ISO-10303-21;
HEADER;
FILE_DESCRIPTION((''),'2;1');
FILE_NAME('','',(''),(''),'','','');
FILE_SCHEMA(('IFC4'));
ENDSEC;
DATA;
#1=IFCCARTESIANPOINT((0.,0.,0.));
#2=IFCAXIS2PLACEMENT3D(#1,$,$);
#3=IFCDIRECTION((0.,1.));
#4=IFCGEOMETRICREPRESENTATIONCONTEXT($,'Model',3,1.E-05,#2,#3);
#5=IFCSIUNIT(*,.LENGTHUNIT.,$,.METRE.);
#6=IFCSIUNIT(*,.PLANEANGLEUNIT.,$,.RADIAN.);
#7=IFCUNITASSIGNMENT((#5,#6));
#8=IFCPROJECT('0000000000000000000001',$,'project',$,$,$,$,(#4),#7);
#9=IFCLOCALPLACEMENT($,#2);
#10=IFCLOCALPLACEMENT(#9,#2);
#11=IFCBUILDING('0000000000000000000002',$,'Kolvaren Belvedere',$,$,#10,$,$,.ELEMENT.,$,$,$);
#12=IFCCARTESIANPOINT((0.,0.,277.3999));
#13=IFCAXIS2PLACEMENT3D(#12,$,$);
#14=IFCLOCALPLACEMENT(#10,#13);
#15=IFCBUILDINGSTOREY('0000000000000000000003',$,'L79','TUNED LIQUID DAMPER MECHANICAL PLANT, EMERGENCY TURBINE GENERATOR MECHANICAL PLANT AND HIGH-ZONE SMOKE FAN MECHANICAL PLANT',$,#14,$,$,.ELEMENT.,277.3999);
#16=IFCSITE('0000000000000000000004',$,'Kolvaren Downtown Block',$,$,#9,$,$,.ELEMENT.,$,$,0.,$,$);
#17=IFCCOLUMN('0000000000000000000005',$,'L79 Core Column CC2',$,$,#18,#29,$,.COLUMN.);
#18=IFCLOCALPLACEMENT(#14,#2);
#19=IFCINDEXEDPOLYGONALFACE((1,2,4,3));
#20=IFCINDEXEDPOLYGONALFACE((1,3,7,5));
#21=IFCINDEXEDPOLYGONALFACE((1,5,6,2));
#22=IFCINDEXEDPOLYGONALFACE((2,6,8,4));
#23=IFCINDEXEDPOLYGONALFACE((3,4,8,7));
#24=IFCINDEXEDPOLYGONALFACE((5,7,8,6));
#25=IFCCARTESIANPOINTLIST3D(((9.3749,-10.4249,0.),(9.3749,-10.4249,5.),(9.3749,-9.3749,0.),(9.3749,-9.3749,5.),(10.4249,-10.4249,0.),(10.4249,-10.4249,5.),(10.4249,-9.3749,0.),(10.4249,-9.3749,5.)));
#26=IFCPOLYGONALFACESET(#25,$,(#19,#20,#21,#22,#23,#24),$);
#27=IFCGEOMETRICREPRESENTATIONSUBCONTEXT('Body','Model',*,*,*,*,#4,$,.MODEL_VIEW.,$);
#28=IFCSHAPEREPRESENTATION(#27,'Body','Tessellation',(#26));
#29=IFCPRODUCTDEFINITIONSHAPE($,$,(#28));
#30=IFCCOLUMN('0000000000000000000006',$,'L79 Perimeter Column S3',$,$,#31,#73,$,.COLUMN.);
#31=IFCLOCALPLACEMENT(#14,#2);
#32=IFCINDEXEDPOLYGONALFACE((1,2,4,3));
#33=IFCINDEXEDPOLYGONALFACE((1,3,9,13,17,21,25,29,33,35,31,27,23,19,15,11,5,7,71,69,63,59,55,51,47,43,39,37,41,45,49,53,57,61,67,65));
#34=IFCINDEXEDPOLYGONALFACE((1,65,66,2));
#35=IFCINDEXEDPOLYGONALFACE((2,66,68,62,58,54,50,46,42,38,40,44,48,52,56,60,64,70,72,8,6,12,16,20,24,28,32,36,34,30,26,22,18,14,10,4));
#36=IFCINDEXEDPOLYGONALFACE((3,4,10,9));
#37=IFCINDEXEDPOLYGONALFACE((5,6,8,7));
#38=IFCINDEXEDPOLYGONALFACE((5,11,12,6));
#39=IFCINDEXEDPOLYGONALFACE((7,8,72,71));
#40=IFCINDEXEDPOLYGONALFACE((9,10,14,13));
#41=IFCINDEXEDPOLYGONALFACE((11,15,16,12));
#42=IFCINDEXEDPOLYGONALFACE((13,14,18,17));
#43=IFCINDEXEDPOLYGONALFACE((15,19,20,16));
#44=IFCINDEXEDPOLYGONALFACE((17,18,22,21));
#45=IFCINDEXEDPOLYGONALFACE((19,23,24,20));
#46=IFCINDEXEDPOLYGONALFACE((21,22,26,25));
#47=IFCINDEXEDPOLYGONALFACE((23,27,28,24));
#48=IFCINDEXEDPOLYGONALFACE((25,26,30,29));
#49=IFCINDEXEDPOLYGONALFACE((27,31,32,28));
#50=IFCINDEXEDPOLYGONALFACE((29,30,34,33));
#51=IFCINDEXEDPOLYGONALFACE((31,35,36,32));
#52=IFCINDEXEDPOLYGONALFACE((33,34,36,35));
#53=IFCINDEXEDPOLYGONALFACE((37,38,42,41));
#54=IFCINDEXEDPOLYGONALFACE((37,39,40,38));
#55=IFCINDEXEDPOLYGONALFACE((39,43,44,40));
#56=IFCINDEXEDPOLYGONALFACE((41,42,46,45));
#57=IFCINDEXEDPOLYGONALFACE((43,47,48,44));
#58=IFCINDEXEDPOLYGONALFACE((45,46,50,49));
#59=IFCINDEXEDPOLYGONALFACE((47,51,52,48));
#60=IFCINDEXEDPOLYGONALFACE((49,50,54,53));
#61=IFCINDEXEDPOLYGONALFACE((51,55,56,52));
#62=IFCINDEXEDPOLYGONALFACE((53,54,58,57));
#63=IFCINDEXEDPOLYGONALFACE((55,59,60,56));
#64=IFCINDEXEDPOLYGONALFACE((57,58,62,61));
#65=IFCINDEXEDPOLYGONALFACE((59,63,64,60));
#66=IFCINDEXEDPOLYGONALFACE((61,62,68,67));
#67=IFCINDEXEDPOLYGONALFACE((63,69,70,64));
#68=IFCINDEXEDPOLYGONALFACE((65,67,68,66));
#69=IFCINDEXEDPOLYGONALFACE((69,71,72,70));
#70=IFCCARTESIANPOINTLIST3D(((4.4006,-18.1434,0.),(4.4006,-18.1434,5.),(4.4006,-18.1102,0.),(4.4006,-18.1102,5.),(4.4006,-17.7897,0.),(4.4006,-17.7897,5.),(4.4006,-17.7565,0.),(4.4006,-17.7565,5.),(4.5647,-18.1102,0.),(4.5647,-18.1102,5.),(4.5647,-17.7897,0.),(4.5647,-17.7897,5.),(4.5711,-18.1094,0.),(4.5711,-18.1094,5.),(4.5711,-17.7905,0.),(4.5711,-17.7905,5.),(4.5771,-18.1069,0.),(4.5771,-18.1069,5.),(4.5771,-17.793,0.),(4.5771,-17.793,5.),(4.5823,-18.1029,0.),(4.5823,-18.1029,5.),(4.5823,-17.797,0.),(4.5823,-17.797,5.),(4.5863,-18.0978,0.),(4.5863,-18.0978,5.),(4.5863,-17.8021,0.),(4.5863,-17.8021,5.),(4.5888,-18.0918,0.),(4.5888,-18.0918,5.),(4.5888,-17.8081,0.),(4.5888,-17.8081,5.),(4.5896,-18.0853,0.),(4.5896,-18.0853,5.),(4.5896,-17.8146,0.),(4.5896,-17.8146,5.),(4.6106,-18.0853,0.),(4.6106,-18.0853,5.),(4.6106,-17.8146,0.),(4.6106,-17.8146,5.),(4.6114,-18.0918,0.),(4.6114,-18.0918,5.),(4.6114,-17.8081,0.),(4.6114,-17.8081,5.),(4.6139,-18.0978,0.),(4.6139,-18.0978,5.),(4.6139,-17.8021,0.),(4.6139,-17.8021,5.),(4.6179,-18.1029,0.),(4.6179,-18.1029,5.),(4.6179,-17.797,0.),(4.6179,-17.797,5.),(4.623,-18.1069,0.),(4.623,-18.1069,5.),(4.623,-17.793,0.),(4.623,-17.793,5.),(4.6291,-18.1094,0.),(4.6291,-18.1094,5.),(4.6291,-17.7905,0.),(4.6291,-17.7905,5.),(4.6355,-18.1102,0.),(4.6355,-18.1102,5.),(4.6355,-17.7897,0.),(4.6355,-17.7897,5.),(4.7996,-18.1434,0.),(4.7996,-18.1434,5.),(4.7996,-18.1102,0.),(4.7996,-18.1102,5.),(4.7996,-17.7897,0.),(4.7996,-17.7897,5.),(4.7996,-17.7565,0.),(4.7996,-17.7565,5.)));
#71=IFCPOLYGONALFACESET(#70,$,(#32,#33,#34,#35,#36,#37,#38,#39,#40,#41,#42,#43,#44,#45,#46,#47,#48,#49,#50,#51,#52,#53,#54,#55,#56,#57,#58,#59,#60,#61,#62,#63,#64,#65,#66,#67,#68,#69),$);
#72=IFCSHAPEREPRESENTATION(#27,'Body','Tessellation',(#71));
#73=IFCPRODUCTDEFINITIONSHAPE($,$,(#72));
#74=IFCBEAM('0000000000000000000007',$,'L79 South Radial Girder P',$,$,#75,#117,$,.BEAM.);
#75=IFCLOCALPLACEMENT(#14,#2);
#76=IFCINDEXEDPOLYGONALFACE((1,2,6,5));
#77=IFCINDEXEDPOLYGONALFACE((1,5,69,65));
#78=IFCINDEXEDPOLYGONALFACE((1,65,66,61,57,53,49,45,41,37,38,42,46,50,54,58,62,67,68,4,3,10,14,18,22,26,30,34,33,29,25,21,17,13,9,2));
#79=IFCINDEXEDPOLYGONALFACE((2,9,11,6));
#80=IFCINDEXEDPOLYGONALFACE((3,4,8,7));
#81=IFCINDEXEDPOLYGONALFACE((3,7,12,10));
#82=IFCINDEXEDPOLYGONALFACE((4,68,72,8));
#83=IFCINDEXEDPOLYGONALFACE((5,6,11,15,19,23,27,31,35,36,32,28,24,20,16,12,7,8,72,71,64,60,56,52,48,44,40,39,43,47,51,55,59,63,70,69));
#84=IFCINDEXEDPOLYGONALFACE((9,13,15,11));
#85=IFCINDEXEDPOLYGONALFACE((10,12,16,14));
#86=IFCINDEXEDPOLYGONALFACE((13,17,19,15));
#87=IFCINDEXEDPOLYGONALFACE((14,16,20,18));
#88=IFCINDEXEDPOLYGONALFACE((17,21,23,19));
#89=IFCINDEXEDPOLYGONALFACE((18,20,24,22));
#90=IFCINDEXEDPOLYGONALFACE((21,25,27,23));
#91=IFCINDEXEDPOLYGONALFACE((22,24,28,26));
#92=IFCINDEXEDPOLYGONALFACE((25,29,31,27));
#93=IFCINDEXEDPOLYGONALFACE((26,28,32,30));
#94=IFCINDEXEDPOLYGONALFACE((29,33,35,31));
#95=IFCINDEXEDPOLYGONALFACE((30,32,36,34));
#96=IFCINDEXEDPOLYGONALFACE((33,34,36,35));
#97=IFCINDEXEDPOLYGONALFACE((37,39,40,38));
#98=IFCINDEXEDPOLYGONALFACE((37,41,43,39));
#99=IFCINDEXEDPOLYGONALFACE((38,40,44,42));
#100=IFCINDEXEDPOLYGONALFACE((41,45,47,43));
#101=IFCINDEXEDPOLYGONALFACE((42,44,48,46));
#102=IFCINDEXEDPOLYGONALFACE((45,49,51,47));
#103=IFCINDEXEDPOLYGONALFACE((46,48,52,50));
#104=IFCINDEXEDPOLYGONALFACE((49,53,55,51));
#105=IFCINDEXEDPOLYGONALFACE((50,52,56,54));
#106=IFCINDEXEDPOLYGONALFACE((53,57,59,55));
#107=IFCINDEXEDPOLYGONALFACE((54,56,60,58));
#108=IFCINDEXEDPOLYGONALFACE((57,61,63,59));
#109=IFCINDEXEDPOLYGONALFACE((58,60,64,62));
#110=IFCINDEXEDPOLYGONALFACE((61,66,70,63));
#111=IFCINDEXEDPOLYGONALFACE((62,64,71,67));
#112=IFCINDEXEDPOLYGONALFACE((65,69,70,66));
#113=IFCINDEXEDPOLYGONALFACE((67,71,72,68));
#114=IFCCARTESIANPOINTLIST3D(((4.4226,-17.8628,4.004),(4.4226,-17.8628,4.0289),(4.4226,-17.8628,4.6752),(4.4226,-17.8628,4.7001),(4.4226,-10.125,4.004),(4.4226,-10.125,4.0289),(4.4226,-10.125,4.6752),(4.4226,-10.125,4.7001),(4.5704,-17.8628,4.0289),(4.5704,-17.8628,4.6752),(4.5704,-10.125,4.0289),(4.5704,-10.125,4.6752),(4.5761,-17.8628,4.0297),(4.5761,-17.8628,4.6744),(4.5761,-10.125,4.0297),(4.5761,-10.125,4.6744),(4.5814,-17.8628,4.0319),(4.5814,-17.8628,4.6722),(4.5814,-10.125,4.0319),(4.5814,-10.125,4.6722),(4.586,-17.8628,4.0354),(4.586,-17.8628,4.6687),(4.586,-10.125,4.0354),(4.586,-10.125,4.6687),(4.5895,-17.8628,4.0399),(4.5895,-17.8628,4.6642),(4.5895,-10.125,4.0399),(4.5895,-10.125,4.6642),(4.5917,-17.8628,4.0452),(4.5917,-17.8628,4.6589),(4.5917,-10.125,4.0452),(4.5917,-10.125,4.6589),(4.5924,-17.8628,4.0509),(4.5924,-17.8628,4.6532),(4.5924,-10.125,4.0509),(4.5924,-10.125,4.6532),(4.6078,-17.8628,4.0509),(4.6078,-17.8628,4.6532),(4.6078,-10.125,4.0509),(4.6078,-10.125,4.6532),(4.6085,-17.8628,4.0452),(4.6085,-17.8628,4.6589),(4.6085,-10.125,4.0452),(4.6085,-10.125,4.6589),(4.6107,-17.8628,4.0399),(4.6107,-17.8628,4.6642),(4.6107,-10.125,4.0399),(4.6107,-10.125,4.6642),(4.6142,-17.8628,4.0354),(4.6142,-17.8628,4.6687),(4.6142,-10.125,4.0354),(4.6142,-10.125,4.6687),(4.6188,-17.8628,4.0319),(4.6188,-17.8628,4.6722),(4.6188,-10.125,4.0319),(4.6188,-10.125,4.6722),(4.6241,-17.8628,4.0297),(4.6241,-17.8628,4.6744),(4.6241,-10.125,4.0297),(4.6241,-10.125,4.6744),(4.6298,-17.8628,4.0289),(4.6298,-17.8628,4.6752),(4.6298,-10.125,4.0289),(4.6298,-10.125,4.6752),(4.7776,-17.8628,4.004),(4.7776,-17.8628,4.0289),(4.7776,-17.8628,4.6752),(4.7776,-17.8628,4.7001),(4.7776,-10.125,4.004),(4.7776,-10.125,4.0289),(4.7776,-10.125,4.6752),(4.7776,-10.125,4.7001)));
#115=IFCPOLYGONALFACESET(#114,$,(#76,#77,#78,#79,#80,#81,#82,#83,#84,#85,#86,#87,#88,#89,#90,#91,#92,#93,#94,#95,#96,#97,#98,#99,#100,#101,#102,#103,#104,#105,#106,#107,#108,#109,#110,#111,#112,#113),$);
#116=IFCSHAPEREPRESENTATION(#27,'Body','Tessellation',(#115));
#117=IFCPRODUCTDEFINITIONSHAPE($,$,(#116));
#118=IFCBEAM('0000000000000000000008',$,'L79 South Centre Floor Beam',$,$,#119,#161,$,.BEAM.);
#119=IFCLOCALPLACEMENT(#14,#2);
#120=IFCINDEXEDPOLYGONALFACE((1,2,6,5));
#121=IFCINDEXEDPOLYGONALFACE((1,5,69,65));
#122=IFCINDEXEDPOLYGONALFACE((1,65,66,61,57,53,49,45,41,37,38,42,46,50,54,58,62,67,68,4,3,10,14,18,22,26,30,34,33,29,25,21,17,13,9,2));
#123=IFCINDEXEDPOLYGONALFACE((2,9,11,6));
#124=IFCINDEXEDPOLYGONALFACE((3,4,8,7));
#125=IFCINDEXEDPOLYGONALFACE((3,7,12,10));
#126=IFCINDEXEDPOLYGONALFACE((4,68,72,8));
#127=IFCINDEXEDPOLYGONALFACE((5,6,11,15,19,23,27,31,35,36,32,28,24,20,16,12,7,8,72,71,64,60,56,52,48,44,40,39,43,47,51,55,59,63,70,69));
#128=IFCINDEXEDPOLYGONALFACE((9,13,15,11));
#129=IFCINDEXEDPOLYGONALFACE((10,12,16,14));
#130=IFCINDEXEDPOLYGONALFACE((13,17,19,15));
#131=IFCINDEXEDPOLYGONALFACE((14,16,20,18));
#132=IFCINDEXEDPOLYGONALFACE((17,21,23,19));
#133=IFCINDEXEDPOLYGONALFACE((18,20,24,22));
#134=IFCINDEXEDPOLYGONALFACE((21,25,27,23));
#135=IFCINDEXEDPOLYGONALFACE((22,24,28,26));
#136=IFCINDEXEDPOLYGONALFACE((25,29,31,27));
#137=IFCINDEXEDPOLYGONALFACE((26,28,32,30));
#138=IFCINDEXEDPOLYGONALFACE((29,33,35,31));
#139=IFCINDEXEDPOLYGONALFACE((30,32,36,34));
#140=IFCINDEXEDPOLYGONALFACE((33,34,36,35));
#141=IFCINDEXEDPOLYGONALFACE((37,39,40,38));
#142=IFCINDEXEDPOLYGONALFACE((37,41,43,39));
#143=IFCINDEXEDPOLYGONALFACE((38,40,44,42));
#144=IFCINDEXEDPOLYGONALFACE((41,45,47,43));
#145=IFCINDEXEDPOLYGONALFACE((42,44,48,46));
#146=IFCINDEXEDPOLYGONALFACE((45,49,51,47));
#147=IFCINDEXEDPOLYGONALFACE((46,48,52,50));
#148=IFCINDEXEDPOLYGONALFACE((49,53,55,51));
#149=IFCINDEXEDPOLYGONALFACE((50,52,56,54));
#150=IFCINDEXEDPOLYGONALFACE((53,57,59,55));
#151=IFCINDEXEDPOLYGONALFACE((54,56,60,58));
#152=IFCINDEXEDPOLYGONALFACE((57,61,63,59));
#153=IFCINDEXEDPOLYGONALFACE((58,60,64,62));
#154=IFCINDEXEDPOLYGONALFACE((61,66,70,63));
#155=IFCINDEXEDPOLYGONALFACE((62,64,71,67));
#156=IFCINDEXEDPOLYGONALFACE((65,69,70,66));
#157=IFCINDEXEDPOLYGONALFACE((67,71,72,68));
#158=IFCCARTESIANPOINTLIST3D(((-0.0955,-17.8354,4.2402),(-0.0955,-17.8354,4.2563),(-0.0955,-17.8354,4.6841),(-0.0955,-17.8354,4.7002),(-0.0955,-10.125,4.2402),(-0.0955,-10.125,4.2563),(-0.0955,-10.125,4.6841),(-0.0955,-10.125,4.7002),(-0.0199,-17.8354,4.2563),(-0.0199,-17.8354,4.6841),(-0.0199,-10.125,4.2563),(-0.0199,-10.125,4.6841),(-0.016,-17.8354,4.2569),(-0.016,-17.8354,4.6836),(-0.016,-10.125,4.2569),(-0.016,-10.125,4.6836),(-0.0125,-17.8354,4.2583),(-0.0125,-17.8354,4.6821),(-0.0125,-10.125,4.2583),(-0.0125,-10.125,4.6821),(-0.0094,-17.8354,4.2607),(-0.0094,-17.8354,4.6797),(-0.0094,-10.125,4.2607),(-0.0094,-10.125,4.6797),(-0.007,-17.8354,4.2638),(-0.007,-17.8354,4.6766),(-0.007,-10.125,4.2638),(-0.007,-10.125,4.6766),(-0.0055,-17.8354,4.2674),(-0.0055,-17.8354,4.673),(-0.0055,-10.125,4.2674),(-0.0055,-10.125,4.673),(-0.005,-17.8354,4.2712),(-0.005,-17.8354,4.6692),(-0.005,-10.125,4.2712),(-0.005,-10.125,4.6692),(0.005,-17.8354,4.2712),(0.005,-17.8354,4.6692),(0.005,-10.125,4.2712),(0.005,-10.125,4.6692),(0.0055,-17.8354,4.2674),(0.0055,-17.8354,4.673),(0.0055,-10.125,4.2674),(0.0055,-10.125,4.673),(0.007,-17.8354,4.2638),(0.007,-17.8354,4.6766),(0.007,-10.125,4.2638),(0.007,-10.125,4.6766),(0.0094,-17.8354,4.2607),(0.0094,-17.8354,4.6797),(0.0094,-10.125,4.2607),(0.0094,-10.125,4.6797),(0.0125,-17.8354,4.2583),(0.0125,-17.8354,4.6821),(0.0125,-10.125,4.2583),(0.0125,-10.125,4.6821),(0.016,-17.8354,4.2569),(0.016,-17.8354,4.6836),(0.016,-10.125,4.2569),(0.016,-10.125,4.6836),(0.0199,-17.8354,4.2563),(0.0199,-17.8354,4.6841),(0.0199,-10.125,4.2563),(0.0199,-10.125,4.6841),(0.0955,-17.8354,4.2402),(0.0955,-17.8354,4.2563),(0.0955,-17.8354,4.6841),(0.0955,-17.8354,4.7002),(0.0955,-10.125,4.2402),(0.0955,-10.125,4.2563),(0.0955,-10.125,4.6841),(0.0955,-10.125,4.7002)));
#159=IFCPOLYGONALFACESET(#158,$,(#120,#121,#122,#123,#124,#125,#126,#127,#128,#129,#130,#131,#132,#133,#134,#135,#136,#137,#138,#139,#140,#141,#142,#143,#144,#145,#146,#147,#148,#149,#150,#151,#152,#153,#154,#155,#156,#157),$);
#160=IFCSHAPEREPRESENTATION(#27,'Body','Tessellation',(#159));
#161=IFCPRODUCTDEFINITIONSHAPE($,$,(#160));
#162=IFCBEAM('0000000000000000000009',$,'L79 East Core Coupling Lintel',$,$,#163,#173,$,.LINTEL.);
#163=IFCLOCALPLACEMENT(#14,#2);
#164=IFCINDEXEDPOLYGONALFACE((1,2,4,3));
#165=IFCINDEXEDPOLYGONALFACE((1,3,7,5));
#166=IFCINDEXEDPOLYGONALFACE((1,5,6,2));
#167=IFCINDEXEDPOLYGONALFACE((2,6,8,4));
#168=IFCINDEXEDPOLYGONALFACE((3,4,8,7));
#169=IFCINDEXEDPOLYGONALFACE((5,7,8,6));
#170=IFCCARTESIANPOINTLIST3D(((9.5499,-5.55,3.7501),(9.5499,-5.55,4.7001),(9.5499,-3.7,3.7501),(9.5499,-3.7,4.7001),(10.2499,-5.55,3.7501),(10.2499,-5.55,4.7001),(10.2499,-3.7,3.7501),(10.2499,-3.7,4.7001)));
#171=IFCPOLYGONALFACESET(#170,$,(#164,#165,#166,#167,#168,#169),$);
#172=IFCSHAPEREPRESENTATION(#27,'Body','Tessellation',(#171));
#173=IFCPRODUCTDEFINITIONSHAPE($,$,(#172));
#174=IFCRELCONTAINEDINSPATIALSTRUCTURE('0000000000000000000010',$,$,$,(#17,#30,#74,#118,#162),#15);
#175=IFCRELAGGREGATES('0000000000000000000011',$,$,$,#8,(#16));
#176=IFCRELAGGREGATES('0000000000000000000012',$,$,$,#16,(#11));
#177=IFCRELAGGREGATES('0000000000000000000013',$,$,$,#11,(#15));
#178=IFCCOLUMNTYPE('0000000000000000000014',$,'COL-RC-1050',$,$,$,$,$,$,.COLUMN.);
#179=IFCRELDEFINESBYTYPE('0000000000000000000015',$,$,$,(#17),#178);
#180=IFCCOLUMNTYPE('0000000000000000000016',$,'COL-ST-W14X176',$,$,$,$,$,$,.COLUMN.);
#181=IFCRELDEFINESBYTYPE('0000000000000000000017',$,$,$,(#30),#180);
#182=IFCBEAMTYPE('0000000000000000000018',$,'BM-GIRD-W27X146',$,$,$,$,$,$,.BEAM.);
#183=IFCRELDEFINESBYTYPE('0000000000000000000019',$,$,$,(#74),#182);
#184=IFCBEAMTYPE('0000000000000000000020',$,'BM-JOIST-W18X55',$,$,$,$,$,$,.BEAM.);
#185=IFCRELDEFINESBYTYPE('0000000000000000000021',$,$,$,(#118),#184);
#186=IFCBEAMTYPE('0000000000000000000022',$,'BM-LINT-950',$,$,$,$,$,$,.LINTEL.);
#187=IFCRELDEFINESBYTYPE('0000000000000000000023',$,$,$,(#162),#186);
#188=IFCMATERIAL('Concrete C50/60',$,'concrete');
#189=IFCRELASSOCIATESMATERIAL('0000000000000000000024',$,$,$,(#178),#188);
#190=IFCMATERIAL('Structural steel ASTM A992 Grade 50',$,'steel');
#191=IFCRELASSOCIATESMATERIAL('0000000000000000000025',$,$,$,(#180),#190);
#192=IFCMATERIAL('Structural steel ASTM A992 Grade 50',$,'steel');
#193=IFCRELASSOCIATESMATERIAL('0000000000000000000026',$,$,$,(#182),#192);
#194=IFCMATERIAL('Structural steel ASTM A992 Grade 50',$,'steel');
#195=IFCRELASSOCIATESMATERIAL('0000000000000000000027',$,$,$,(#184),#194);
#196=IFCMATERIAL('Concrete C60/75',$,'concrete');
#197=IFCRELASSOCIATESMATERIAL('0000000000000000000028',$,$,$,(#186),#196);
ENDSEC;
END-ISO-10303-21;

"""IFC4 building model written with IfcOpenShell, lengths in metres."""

from ifc_helpers import new_model, si_unit, direction, frame, origin, origin_2d, place, context, subcontext, project, spatial, rectangle, i_section, extrude, material, material_profile, profile_set, type_object, element, save


model = new_model("IFC4")

# Units and contexts
model_context = context("Model", 3, precision=1e-05, world=origin(), true_north=direction((0.0, 1.0)))
body_context = subcontext(model_context, "Body", "Model", "MODEL_VIEW")
ifc_project = project(units=[si_unit("LENGTHUNIT", "METRE"), si_unit("PLANEANGLEUNIT", "RADIAN")], contexts=[model_context])

# Site, building, storey
site_placement = place(None, origin())
site = spatial("IfcSite", under=ifc_project, at=site_placement, Name="Kolvaren Downtown Block", CompositionType="ELEMENT", RefElevation=0.0)
building_placement = place(site_placement, origin())
building = spatial("IfcBuilding", under=site, at=building_placement, Name="Kolvaren Belvedere", CompositionType="ELEMENT")
storey_placement = place(building_placement, frame((0.0, 0.0, 277.3999)))
storey = spatial("IfcBuildingStorey", under=building, at=storey_placement, Name="L79", Description="TUNED LIQUID DAMPER MECHANICAL PLANT, EMERGENCY TURBINE GENERATOR MECHANICAL PLANT AND HIGH-ZONE SMOKE FAN MECHANICAL PLANT", CompositionType="ELEMENT", Elevation=277.3999)

# Columns
ifc_material_1 = material(Name="Concrete C50/60", Category="concrete")
ifc_material_profile_1 = material_profile(ifc_material_1, rectangle(XDim=1.05, YDim=1.05, at=origin_2d()), Name="RC 1050X1050")
ifc_profile_set_1 = profile_set([ifc_material_profile_1], Name="Concrete C50/60")
column_type_1 = type_object("IfcColumnType", Name="COL-RC-1050", PredefinedType="COLUMN", material=ifc_profile_set_1)
column_1_placement = place(storey_placement, frame((9.8999, -9.8999, 0.0), z_axis=(0.0, 0.0, 1.0), x_axis=(1.0, 0.0, 0.0)))
element("IfcColumn", 1, at=column_1_placement, inside=storey, type_object=column_type_1, Name="L79 Core Column CC2", PredefinedType="COLUMN", context=body_context, shape_type="SweptSolid", body=[
    extrude(rectangle(XDim=1.05, YDim=1.05, at=origin_2d()), origin(), (0.0, 0.0, 1.0), 5.0),
])
ifc_material_2 = material(Name="Structural steel ASTM A992 Grade 50", Category="steel")
ifc_material_profile_2 = material_profile(ifc_material_2, i_section(OverallWidth=0.3989, OverallDepth=0.387, WebThickness=0.021, FlangeThickness=0.0332, FilletRadius=0.0249, at=origin_2d()), Name="W14X176")
ifc_profile_set_2 = profile_set([ifc_material_profile_2], Name="Structural steel ASTM A992 Grade 50")
column_type_2 = type_object("IfcColumnType", Name="COL-ST-W14X176", PredefinedType="COLUMN", material=ifc_profile_set_2)
column_2_placement = place(storey_placement, frame((4.6001, -17.95, 0.0), z_axis=(0.0, 0.0, 1.0), x_axis=(1.0, 0.0, 0.0)))
element("IfcColumn", 2, at=column_2_placement, inside=storey, type_object=column_type_2, Name="L79 Perimeter Column S3", PredefinedType="COLUMN", context=body_context, shape_type="SweptSolid", body=[
    extrude(i_section(OverallWidth=0.3989, OverallDepth=0.387, WebThickness=0.021, FlangeThickness=0.0332, FilletRadius=0.0249, at=origin_2d()), origin(), (0.0, 0.0, 1.0), 5.0),
])

# Beams
ifc_material_3 = material(Name="Structural steel ASTM A992 Grade 50", Category="steel")
ifc_material_profile_3 = material_profile(ifc_material_3, i_section(OverallWidth=0.355, OverallDepth=0.696, WebThickness=0.0154, FlangeThickness=0.0249, FilletRadius=0.022, at=origin_2d()), Name="W27X146")
ifc_profile_set_3 = profile_set([ifc_material_profile_3], Name="Structural steel ASTM A992 Grade 50")
beam_type_1 = type_object("IfcBeamType", Name="BM-GIRD-W27X146", PredefinedType="BEAM", material=ifc_profile_set_3)
beam_1_placement = place(storey_placement, frame((4.6001, -10.125, 4.3521), z_axis=(0.0, -1.0, 0.0), x_axis=(1.0, 0.0, 0.0)))
element("IfcBeam", 3, at=beam_1_placement, inside=storey, type_object=beam_type_1, Name="L79 South Radial Girder P", PredefinedType="BEAM", context=body_context, shape_type="SweptSolid", body=[
    extrude(i_section(OverallWidth=0.355, OverallDepth=0.696, WebThickness=0.0154, FlangeThickness=0.0249, FilletRadius=0.022, at=origin_2d()), origin(), (0.0, 0.0, 1.0), 7.7378),
])
ifc_material_4 = material(Name="Structural steel ASTM A992 Grade 50", Category="steel")
ifc_material_profile_4 = material_profile(ifc_material_4, i_section(OverallWidth=0.1909, OverallDepth=0.46, WebThickness=0.01, FlangeThickness=0.0161, FilletRadius=0.0149, at=origin_2d()), Name="W18X55")
ifc_profile_set_4 = profile_set([ifc_material_profile_4], Name="Structural steel ASTM A992 Grade 50")
beam_type_2 = type_object("IfcBeamType", Name="BM-JOIST-W18X55", PredefinedType="BEAM", material=ifc_profile_set_4)
beam_2_placement = place(storey_placement, frame((0.0, -10.125, 4.4702), z_axis=(0.0, -1.0, 0.0), x_axis=(1.0, 0.0, 0.0)))
element("IfcBeam", 4, at=beam_2_placement, inside=storey, type_object=beam_type_2, Name="L79 South Centre Floor Beam", PredefinedType="BEAM", context=body_context, shape_type="SweptSolid", body=[
    extrude(i_section(OverallWidth=0.1909, OverallDepth=0.46, WebThickness=0.01, FlangeThickness=0.0161, FilletRadius=0.0149, at=origin_2d()), origin(), (0.0, 0.0, 1.0), 7.7104),
])
ifc_material_5 = material(Name="Concrete C60/75", Category="concrete")
ifc_material_profile_5 = material_profile(ifc_material_5, rectangle(XDim=0.7, YDim=0.95, at=origin_2d()), Name="RC 700X950")
ifc_profile_set_5 = profile_set([ifc_material_profile_5], Name="Concrete C60/75")
beam_type_3 = type_object("IfcBeamType", Name="BM-LINT-950", PredefinedType="LINTEL", material=ifc_profile_set_5)
beam_3_placement = place(storey_placement, frame((9.8999, -5.55, 4.2251), z_axis=(0.0, 1.0, 0.0), x_axis=(-1.0, 0.0, 0.0)))
element("IfcBeam", 5, at=beam_3_placement, inside=storey, type_object=beam_type_3, Name="L79 East Core Coupling Lintel", PredefinedType="LINTEL", context=body_context, shape_type="SweptSolid", body=[
    extrude(rectangle(XDim=0.7, YDim=0.95, at=origin_2d()), origin(), (0.0, 0.0, 1.0), 1.8501),
])

save(model, "model.ifc")
